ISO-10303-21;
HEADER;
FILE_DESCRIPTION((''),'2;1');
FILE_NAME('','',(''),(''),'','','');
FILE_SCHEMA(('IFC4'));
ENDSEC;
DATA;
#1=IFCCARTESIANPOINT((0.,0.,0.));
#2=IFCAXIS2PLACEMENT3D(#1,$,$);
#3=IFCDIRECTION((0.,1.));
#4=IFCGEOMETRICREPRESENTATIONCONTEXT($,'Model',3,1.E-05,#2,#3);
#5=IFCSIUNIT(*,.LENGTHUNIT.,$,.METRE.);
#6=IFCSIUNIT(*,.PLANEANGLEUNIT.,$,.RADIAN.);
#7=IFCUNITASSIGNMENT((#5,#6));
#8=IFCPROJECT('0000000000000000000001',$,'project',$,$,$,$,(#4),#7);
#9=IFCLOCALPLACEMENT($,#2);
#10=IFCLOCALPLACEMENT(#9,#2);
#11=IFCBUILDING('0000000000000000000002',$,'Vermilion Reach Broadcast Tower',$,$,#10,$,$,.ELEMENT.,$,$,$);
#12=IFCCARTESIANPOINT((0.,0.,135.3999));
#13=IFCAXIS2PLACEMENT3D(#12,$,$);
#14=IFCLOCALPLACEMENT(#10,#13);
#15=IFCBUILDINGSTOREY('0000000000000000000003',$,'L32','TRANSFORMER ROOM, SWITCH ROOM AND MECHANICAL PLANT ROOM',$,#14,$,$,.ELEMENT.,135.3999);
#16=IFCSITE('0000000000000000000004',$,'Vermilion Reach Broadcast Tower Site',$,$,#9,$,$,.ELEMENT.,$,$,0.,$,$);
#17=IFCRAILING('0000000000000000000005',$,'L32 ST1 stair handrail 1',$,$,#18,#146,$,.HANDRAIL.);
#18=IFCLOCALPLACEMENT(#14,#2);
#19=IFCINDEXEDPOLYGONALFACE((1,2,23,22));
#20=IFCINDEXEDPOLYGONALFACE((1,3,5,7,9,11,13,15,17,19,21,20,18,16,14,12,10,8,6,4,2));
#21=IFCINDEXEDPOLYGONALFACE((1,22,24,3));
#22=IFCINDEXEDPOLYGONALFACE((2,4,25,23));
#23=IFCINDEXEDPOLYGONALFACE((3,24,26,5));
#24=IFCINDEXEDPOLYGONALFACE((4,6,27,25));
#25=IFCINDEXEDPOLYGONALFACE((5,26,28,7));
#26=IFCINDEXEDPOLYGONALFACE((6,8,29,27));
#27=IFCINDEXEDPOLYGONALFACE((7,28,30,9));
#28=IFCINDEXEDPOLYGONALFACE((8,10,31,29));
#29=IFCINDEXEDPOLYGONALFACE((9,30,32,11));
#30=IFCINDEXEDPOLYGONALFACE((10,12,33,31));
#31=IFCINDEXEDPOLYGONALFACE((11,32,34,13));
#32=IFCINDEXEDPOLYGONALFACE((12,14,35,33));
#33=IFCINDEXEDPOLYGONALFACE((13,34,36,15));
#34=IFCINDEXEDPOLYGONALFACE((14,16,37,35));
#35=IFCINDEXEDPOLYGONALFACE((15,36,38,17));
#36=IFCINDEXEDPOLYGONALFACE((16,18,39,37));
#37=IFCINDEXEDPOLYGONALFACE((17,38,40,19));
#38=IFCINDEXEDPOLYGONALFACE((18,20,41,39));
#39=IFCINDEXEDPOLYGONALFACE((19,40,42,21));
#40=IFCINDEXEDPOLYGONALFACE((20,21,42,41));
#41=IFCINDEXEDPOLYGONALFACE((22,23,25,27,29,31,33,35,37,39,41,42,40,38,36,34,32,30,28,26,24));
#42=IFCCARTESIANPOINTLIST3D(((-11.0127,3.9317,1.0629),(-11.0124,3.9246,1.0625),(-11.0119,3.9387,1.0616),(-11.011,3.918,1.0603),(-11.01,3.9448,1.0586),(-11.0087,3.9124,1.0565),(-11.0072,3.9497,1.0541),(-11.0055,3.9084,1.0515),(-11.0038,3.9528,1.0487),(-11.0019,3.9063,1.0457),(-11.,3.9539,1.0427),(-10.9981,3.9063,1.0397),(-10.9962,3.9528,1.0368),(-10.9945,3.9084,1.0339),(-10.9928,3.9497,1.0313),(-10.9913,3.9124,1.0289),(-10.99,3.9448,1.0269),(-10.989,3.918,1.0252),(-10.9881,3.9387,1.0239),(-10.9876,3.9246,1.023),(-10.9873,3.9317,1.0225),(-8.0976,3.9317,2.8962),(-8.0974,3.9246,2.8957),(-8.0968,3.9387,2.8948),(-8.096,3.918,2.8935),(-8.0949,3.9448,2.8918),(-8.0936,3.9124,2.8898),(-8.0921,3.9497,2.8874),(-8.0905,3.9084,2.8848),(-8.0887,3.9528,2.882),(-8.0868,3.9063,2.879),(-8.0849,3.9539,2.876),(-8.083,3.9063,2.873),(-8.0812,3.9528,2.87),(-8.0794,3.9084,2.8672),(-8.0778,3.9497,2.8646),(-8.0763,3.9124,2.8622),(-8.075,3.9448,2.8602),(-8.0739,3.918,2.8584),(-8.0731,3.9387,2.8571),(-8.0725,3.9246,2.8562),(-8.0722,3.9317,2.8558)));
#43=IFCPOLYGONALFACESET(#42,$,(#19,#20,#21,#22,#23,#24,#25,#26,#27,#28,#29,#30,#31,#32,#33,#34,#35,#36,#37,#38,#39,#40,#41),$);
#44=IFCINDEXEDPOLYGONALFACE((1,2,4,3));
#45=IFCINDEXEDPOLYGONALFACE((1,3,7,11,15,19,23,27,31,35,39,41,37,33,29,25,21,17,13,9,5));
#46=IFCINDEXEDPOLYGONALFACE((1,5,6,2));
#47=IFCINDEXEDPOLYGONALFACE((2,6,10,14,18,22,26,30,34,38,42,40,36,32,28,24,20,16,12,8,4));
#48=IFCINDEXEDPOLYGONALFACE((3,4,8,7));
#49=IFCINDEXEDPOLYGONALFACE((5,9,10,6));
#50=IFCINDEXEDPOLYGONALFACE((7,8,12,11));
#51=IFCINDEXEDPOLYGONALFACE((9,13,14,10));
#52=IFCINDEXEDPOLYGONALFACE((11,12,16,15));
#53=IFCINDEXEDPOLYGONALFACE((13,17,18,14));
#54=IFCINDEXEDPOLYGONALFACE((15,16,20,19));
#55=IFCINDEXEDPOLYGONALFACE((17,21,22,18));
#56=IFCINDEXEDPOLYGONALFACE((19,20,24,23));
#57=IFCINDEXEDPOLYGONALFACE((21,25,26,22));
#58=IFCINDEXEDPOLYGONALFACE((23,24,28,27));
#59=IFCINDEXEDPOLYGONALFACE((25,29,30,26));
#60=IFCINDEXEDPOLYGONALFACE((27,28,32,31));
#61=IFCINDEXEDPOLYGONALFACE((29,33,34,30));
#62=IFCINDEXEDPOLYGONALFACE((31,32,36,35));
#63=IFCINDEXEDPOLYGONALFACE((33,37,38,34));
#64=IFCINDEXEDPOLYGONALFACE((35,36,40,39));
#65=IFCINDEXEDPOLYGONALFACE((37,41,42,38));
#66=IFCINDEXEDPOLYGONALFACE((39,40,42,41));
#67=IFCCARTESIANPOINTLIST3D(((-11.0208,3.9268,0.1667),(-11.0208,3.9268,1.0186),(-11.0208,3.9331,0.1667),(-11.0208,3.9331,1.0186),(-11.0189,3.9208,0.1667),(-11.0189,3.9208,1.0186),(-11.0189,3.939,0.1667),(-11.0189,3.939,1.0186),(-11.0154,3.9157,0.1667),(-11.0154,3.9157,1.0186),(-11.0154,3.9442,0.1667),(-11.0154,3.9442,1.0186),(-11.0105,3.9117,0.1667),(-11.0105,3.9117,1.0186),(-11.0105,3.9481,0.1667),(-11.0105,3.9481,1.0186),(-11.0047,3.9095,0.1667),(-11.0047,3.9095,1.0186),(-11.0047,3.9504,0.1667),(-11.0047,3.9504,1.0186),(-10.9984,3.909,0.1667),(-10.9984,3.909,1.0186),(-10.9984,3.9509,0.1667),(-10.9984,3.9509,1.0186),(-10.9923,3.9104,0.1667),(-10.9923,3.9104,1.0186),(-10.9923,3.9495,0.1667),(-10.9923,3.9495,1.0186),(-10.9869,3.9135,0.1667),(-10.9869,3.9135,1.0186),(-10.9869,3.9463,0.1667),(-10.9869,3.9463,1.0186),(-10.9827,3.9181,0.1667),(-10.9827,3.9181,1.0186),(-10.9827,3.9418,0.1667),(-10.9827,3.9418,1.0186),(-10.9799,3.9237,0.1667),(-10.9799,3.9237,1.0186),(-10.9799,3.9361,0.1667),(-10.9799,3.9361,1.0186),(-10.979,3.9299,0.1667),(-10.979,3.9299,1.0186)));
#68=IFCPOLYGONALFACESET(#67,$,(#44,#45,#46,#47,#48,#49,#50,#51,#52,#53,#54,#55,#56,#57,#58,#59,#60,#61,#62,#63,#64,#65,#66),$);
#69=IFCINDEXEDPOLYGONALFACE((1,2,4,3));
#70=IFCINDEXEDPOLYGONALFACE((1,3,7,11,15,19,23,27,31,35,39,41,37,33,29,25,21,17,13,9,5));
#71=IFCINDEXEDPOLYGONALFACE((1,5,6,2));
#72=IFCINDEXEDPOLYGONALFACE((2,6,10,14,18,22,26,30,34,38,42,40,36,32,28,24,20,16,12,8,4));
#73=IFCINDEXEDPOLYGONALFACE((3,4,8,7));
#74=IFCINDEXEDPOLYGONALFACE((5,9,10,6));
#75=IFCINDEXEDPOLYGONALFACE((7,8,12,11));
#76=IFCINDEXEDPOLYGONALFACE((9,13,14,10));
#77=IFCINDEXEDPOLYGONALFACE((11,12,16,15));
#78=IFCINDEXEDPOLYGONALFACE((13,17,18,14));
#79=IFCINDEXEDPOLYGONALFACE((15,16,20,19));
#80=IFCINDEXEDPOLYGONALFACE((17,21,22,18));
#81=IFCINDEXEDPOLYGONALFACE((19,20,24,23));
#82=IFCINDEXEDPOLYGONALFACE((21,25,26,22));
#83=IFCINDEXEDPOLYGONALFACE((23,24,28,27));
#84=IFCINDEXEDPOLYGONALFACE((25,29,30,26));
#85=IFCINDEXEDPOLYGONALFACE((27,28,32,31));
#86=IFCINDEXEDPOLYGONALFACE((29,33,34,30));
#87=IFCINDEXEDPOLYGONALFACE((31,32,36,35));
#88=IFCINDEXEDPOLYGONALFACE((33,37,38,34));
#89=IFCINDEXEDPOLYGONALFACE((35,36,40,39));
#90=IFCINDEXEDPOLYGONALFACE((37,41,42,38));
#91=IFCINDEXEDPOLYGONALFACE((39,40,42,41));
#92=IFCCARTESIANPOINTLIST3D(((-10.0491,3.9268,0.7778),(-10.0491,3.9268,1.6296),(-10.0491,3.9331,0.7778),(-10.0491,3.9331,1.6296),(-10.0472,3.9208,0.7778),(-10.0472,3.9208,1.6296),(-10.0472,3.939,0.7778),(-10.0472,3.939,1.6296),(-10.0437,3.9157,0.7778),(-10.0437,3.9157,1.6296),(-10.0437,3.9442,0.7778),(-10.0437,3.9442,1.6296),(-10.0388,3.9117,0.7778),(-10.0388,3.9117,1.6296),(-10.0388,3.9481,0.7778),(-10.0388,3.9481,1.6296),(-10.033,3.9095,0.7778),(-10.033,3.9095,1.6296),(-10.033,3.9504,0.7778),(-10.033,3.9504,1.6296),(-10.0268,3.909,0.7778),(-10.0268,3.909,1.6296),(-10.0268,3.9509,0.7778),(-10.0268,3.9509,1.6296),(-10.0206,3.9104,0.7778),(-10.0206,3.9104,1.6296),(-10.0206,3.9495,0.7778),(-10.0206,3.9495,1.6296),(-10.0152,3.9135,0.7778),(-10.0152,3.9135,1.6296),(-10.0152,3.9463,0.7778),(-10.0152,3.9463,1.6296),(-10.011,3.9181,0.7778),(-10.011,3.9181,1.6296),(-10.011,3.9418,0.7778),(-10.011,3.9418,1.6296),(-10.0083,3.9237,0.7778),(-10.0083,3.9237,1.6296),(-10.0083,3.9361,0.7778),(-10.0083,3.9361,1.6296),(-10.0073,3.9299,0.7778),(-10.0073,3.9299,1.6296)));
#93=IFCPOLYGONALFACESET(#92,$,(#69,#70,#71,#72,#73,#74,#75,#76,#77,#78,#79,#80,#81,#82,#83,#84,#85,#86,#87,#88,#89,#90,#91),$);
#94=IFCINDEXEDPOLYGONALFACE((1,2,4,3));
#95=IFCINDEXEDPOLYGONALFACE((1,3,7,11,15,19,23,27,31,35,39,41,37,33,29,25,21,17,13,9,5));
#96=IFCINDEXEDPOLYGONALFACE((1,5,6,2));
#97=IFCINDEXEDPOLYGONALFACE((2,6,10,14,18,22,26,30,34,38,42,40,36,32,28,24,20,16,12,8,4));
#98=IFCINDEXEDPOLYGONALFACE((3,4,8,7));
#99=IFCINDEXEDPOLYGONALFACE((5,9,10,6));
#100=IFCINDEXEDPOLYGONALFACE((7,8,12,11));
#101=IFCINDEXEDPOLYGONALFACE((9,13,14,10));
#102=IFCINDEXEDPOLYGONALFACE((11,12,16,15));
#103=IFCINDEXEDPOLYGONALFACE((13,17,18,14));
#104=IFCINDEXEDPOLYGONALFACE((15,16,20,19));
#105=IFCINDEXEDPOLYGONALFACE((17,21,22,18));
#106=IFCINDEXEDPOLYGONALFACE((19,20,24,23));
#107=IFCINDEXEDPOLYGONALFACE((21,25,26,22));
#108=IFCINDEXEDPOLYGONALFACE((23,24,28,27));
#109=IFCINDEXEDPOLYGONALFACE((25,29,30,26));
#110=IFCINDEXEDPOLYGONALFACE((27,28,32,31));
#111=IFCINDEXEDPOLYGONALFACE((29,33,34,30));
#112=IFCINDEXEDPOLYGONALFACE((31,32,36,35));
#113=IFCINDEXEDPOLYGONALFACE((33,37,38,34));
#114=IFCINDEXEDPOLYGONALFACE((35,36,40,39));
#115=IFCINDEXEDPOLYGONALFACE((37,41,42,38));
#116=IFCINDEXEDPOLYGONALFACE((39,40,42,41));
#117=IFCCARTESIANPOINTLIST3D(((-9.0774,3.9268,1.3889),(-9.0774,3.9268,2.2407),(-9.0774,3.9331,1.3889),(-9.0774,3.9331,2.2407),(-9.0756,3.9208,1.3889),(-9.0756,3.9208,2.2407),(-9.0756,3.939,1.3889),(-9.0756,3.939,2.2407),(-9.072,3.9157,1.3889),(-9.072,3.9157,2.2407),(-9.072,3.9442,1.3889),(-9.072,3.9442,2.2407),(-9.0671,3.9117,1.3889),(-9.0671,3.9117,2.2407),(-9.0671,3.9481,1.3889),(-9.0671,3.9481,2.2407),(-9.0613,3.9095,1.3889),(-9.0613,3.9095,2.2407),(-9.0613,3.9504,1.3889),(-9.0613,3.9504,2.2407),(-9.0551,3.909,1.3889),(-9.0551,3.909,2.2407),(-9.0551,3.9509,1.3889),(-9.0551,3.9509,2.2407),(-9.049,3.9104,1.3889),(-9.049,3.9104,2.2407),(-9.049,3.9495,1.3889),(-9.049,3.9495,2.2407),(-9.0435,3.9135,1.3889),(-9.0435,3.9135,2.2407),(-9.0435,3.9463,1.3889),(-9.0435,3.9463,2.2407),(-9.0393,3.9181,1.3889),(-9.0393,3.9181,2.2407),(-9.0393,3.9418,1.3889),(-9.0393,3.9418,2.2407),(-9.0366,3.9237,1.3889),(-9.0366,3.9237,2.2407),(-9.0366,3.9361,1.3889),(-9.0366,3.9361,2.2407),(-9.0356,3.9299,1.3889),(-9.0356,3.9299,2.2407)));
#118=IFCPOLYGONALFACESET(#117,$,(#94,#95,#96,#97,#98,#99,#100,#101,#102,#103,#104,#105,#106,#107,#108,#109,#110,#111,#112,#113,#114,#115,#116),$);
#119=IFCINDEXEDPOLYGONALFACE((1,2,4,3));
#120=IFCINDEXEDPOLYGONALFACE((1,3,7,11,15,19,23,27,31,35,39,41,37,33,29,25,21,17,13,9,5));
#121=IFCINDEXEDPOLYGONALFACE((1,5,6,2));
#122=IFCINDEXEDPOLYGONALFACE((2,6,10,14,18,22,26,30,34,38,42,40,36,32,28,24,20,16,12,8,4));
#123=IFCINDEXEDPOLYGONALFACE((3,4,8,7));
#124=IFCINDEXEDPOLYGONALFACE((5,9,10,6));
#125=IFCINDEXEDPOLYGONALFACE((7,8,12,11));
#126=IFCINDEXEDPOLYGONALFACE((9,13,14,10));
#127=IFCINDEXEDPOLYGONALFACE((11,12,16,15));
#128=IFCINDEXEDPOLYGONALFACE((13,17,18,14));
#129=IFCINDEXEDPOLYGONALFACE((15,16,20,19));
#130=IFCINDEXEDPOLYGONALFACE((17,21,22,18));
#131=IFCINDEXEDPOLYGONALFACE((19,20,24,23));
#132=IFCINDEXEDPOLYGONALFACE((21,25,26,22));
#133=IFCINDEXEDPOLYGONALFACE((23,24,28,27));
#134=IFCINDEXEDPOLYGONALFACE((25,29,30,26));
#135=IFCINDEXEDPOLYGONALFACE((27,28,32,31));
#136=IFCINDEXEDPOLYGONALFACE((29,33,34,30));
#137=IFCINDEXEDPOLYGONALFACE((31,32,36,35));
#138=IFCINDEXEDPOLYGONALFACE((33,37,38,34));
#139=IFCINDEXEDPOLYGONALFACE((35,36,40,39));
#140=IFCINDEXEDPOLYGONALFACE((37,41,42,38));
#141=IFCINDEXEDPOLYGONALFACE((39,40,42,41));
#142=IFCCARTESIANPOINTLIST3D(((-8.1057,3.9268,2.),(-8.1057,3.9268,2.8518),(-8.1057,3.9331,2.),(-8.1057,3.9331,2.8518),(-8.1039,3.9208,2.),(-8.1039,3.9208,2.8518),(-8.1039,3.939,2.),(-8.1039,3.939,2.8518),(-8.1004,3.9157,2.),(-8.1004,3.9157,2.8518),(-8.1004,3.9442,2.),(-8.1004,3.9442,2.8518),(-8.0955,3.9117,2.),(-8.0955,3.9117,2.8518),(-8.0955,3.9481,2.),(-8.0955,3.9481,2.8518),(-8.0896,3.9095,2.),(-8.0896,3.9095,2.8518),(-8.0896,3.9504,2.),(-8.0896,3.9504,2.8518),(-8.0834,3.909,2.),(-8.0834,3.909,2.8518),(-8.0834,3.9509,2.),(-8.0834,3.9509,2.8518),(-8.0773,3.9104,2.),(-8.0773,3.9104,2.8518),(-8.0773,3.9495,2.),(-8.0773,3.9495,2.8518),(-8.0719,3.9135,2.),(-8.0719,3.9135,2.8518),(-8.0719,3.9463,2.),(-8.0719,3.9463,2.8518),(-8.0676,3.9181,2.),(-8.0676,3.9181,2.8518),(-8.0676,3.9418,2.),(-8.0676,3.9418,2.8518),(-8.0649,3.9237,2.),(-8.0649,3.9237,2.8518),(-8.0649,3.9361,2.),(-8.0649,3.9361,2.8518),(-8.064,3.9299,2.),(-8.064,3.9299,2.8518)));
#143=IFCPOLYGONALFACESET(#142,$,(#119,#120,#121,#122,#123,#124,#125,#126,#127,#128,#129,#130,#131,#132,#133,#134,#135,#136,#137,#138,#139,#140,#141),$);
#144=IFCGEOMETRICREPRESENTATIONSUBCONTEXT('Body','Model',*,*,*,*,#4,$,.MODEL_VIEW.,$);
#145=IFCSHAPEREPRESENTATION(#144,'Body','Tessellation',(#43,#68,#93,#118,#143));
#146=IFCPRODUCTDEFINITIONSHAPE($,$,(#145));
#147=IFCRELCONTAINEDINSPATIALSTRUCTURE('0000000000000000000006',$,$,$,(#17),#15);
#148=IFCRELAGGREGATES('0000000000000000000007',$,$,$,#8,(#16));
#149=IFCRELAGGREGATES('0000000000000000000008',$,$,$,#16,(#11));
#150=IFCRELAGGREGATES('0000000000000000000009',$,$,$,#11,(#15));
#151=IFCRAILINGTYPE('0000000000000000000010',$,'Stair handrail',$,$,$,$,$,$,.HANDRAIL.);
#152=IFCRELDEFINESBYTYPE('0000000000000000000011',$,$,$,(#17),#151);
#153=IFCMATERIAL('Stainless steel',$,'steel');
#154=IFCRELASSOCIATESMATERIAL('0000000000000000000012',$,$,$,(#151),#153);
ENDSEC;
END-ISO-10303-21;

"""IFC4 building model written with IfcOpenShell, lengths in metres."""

from ifc_helpers import new_model, si_unit, direction, frame, origin, origin_2d, place, context, subcontext, project, spatial, circle, extrude, material, type_object, element, save


model = new_model("IFC4")

# Units and contexts
model_context = context("Model", 3, precision=1e-05, world=origin(), true_north=direction((0.0, 1.0)))
body_context = subcontext(model_context, "Body", "Model", "MODEL_VIEW")
ifc_project = project(units=[si_unit("LENGTHUNIT", "METRE"), si_unit("PLANEANGLEUNIT", "RADIAN")], contexts=[model_context])

# Site, building, storey
site_placement = place(None, origin())
site = spatial("IfcSite", under=ifc_project, at=site_placement, Name="Vermilion Reach Broadcast Tower Site", CompositionType="ELEMENT", RefElevation=0.0)
building_placement = place(site_placement, origin())
building = spatial("IfcBuilding", under=site, at=building_placement, Name="Vermilion Reach Broadcast Tower", CompositionType="ELEMENT")
storey_placement = place(building_placement, frame((0.0, 0.0, 135.3999)))
storey = spatial("IfcBuildingStorey", under=building, at=storey_placement, Name="L32", Description="TRANSFORMER ROOM, SWITCH ROOM AND MECHANICAL PLANT ROOM", CompositionType="ELEMENT", Elevation=135.3999)

# Railing
ifc_material_1 = material(Name="Stainless steel", Category="steel")
railing_type_1 = type_object("IfcRailingType", Name="Stair handrail", PredefinedType="HANDRAIL", material=ifc_material_1)
railing_1_placement = place(storey_placement, frame((-11.0, 3.9299, 0.1667)))
element("IfcRailing", 1, at=railing_1_placement, inside=storey, type_object=railing_type_1, Name="L32 ST1 stair handrail 1", PredefinedType="HANDRAIL", context=body_context, shape_type="SweptSolid", body=[
    extrude(circle(Radius=0.0239, at=origin_2d()), frame((0.0, 0.0, 0.876), z_axis=(0.846513, 0.0, 0.532368), x_axis=(0.0, 1.0, 0.0)), (0.0, 0.0, 1.0), 3.4436),
    extrude(circle(Radius=0.021, at=origin_2d()), origin(), (0.0, 0.0, 1.0), 0.8518),
    extrude(circle(Radius=0.021, at=origin_2d()), frame((0.9717, 0.0, 0.6111)), (0.0, 0.0, 1.0), 0.8518),
    extrude(circle(Radius=0.021, at=origin_2d()), frame((1.9434, 0.0, 1.2222)), (0.0, 0.0, 1.0), 0.8518),
    extrude(circle(Radius=0.021, at=origin_2d()), frame((2.915, 0.0, 1.8333)), (0.0, 0.0, 1.0), 0.8518),
])

save(model, "model.ifc")
